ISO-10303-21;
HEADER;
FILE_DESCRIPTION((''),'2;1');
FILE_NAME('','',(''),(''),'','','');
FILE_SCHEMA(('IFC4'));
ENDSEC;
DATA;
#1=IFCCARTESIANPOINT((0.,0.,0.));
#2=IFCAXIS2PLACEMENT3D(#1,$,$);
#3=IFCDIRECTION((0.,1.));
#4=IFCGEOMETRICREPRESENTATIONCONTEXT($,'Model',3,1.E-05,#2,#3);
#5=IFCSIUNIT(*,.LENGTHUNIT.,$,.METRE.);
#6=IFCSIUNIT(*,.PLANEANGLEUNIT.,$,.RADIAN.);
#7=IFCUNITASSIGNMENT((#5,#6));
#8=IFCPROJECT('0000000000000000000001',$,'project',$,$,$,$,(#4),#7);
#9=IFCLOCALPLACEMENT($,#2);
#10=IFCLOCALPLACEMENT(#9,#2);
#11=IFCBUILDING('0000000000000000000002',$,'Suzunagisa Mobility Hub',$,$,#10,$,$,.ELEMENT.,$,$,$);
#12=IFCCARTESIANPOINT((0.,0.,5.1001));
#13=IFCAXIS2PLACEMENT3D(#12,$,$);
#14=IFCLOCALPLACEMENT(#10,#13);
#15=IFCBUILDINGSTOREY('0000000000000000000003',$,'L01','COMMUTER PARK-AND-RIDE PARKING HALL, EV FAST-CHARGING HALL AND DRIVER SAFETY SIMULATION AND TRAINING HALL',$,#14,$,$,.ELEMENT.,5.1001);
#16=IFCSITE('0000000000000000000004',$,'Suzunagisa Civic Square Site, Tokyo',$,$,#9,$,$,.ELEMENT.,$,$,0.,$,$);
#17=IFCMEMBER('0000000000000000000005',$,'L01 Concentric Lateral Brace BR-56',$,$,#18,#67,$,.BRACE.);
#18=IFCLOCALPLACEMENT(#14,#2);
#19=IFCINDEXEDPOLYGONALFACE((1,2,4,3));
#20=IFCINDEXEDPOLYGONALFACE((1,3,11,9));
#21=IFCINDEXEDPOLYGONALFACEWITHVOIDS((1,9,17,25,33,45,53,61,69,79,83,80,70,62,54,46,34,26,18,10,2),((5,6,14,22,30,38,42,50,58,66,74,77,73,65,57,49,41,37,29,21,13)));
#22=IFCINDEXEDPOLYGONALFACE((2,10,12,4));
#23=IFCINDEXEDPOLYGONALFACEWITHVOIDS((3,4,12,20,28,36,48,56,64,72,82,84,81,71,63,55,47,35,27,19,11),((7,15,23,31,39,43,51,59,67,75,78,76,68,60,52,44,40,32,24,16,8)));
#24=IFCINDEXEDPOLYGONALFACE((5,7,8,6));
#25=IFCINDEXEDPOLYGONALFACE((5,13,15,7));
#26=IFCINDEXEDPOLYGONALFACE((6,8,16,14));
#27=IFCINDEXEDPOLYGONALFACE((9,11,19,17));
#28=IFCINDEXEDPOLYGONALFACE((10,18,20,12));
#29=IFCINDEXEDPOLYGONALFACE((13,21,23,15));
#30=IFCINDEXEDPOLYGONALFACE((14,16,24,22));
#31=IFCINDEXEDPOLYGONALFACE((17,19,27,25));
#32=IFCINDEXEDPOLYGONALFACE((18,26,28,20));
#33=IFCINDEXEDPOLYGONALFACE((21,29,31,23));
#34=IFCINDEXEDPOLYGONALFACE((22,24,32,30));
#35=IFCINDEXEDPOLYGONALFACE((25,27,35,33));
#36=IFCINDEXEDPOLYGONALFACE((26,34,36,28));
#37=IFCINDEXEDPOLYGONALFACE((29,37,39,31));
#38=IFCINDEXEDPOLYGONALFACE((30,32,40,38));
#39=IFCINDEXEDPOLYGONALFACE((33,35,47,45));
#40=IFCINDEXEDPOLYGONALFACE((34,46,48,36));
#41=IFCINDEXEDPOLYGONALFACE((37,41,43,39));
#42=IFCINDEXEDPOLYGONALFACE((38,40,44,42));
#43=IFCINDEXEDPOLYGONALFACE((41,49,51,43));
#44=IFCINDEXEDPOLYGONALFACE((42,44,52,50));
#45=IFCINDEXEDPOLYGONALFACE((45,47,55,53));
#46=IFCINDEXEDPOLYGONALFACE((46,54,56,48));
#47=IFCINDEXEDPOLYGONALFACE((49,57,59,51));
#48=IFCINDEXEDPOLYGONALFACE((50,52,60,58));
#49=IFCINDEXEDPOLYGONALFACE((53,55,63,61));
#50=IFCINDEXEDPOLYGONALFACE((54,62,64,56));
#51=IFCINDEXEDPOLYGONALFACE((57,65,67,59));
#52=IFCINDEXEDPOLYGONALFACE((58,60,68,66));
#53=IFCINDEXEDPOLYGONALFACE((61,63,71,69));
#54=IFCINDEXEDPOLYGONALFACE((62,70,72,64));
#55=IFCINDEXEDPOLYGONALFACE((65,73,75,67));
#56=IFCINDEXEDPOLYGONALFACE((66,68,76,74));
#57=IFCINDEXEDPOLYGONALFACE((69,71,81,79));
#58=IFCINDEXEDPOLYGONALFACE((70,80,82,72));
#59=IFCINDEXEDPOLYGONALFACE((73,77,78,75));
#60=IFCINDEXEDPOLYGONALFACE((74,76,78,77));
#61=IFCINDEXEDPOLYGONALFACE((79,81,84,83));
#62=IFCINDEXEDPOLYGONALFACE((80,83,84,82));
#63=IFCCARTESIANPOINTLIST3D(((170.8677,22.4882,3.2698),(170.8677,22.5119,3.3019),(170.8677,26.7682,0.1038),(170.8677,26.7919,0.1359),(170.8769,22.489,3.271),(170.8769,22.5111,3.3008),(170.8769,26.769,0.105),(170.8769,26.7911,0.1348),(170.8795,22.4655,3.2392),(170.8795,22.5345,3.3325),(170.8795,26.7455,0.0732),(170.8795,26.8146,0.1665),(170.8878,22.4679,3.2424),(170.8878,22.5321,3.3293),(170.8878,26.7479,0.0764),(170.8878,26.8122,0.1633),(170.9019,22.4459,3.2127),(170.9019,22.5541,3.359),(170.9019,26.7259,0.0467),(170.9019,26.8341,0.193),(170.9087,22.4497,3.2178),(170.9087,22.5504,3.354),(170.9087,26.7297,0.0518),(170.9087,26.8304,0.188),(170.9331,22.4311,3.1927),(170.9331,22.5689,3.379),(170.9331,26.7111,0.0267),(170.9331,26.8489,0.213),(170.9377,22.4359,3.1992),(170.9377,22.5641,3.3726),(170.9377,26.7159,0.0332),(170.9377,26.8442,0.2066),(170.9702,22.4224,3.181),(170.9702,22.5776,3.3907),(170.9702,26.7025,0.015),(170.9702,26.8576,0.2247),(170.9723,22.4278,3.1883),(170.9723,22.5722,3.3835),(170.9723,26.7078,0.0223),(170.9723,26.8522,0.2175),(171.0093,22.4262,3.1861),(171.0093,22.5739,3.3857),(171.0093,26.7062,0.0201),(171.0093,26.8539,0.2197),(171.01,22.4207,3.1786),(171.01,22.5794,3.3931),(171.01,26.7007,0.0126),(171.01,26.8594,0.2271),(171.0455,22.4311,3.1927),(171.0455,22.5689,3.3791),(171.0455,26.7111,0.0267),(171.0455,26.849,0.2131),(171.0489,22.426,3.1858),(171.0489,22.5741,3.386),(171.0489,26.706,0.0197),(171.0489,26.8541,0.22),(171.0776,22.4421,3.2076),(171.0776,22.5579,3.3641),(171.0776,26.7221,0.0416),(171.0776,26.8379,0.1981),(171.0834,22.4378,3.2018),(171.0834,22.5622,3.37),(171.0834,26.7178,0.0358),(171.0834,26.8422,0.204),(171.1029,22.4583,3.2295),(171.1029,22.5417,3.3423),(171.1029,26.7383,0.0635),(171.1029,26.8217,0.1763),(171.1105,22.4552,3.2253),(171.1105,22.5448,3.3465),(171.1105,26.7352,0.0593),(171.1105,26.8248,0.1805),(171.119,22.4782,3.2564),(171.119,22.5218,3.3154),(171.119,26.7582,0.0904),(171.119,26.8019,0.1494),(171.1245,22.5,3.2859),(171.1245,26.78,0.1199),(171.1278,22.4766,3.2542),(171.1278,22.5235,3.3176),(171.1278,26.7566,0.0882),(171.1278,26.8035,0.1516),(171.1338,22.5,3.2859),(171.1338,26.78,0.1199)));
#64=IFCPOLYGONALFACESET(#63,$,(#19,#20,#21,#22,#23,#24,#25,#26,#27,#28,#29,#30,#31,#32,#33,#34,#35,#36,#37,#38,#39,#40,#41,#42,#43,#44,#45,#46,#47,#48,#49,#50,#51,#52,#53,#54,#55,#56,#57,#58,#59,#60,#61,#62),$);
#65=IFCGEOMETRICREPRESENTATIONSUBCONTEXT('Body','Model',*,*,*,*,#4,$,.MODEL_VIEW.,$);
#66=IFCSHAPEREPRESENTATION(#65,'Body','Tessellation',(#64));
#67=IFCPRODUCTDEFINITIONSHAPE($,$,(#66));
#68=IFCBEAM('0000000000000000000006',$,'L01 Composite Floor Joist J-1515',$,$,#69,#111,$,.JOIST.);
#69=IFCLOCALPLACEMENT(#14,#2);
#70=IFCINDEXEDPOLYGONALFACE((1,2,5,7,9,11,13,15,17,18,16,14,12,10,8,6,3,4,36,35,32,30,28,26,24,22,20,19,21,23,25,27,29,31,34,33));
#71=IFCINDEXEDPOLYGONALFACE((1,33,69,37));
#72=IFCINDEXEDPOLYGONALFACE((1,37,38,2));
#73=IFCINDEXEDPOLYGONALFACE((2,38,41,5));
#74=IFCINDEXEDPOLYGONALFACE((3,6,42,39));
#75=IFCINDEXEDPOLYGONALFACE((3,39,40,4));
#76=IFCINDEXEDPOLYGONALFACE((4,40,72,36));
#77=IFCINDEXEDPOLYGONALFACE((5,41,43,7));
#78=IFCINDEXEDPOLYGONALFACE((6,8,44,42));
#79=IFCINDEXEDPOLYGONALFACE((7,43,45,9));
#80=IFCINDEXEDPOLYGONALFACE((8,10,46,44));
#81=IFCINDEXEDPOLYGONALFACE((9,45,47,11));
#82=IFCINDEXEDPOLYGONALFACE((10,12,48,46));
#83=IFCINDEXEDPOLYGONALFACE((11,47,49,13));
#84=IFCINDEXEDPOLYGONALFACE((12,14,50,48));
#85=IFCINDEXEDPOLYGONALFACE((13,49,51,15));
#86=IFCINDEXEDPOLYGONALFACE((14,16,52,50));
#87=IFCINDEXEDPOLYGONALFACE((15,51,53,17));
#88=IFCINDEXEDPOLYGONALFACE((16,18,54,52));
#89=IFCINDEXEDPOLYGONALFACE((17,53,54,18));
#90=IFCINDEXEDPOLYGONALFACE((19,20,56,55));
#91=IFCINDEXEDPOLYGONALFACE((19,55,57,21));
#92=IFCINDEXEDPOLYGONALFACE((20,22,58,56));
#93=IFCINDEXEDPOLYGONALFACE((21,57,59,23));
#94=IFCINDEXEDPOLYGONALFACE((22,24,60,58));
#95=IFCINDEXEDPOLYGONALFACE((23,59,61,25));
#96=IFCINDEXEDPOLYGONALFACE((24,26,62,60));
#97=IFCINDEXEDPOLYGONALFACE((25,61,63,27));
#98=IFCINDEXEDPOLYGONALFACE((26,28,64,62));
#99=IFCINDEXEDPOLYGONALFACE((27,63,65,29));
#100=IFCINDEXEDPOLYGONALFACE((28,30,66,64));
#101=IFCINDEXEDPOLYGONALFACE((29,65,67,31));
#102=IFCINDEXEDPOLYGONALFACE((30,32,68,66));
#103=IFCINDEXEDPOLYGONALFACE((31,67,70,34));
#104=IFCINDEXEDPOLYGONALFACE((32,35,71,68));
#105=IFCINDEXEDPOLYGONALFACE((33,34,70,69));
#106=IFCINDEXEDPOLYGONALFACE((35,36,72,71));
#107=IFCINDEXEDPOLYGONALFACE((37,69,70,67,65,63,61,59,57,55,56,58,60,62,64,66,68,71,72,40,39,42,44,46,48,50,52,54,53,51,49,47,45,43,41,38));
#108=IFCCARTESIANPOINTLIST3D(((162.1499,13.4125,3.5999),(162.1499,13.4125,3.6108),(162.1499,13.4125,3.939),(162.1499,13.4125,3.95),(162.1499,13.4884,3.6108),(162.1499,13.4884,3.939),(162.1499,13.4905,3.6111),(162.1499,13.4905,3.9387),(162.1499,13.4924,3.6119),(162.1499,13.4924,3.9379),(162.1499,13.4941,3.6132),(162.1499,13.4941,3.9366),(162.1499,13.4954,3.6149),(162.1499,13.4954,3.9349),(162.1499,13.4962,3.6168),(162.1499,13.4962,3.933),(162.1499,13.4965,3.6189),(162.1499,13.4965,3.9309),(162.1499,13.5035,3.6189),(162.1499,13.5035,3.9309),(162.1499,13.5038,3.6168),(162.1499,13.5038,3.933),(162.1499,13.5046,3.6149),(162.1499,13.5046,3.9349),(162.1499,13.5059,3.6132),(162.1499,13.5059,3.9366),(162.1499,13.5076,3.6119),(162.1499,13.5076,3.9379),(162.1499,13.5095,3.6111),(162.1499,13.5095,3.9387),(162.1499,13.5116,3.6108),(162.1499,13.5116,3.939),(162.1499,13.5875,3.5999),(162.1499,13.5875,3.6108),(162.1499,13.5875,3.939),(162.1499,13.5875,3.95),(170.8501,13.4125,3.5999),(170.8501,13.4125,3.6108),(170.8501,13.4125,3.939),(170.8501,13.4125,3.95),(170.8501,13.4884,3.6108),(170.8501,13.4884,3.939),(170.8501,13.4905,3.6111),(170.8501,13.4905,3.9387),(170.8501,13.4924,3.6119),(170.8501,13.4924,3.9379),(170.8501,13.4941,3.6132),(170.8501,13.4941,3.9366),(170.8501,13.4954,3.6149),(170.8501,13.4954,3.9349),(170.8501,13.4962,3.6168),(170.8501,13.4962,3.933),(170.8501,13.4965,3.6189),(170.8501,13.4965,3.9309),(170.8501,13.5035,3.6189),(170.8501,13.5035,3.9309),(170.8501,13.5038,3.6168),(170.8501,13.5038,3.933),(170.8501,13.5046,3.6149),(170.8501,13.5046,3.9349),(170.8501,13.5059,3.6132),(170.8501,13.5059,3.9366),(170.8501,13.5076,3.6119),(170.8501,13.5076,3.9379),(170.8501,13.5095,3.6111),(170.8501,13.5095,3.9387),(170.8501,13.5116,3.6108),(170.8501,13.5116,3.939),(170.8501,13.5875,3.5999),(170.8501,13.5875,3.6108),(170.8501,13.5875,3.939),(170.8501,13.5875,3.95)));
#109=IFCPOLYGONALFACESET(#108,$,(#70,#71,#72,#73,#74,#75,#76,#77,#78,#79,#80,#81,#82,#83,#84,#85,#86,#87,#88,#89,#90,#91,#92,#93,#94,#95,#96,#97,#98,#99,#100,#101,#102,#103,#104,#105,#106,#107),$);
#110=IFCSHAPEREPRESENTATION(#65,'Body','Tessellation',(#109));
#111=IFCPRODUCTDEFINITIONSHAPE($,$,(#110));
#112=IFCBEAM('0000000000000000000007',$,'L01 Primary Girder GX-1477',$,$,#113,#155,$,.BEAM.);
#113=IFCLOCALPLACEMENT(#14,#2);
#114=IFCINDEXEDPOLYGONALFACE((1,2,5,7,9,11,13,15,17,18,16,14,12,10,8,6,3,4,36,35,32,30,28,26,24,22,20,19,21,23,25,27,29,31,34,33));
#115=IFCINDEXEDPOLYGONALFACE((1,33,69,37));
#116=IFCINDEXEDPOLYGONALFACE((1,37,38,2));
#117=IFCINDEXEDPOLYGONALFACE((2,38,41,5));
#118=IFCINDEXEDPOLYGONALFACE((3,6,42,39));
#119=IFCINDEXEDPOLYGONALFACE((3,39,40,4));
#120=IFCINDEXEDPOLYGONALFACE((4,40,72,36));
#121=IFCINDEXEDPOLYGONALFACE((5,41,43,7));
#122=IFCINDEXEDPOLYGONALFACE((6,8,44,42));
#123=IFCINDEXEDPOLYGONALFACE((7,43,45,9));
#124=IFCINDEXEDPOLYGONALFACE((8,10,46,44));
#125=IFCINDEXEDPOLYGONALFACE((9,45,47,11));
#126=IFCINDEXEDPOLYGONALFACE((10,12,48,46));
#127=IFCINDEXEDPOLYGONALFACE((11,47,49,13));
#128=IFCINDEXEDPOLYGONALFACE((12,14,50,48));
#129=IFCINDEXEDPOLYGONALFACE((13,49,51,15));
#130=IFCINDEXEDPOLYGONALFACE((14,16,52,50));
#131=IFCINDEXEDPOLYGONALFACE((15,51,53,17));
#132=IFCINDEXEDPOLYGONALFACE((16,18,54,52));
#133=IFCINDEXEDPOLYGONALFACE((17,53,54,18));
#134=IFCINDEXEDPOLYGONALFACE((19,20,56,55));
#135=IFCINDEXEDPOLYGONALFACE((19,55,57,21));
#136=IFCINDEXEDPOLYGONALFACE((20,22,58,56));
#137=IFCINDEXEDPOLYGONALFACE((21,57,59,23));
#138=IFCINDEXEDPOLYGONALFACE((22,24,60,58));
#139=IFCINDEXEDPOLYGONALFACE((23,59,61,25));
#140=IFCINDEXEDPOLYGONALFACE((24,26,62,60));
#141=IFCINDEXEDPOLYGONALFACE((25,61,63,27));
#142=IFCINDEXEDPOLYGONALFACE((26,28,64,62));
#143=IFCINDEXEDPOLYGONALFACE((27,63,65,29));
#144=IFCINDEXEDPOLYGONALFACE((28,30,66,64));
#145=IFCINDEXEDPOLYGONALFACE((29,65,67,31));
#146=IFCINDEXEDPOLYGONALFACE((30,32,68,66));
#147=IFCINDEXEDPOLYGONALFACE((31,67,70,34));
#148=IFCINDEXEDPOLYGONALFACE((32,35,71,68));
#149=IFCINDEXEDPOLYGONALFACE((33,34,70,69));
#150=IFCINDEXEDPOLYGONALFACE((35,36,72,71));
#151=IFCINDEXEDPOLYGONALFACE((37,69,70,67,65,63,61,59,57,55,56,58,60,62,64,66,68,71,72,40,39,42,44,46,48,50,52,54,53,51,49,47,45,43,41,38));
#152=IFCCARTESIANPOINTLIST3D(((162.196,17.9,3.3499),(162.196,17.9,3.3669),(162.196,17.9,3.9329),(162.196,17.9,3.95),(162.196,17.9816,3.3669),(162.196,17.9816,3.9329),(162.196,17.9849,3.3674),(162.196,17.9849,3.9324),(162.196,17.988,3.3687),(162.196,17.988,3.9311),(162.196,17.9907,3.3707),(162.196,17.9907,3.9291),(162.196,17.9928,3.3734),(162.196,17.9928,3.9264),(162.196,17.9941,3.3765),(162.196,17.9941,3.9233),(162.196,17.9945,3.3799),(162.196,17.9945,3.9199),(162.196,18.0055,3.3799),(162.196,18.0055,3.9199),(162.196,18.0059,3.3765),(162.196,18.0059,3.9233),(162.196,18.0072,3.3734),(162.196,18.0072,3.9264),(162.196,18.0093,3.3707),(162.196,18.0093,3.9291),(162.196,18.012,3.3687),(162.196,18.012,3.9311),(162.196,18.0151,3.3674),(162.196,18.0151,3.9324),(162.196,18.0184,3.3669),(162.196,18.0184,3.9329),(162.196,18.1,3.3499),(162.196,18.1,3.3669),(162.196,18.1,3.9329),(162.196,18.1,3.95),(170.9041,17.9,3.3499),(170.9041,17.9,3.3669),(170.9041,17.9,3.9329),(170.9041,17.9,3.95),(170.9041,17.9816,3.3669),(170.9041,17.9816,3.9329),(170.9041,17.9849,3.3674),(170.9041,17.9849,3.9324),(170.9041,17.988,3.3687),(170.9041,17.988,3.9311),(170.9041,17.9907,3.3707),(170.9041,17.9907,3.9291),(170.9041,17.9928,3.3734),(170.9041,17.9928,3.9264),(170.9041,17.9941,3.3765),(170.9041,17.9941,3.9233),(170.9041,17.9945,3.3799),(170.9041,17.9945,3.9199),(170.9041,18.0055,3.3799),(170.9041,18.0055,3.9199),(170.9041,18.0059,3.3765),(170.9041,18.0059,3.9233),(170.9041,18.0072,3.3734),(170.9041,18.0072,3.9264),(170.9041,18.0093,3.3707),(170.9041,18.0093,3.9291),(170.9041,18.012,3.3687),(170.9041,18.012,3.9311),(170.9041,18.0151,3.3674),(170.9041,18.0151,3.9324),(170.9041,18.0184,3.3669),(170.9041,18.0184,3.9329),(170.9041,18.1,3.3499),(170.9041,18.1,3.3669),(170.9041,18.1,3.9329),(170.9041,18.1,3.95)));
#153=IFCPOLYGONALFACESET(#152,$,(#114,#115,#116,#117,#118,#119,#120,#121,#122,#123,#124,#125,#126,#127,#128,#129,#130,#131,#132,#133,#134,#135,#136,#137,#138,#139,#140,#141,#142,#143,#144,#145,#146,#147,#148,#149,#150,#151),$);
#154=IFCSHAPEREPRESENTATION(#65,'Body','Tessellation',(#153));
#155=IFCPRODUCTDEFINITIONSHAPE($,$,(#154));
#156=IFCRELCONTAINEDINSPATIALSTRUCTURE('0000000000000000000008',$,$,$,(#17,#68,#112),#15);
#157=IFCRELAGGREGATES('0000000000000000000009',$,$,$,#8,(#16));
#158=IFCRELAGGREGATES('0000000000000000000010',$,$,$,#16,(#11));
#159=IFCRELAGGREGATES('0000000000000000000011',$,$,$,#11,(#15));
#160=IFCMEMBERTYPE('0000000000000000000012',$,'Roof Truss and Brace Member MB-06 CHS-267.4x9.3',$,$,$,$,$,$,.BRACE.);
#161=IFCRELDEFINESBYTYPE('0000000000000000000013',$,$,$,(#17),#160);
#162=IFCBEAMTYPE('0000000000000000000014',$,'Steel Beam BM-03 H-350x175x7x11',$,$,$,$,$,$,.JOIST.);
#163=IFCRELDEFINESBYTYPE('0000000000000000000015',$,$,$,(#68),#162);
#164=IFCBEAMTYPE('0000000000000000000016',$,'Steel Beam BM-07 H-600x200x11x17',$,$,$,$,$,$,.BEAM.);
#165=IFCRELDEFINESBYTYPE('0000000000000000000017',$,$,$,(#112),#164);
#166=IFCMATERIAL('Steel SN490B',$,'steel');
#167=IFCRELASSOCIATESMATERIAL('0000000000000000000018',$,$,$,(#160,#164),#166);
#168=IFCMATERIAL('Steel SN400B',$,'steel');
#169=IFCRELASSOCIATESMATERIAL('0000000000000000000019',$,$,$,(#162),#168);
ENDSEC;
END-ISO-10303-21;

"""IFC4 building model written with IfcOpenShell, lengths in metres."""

from ifc_helpers import new_model, si_unit, direction, frame, origin, origin_2d, place, context, subcontext, project, spatial, hollow_circle, i_section, extrude, material, material_profile, profile_set, type_object, element, save


model = new_model("IFC4")

# Units and contexts
model_context = context("Model", 3, precision=1e-05, world=origin(), true_north=direction((0.0, 1.0)))
body_context = subcontext(model_context, "Body", "Model", "MODEL_VIEW")
ifc_project = project(units=[si_unit("LENGTHUNIT", "METRE"), si_unit("PLANEANGLEUNIT", "RADIAN")], contexts=[model_context])

# Site, building, storey
site_placement = place(None, origin())
site = spatial("IfcSite", under=ifc_project, at=site_placement, Name="Suzunagisa Civic Square Site, Tokyo", CompositionType="ELEMENT", RefElevation=0.0)
building_placement = place(site_placement, origin())
building = spatial("IfcBuilding", under=site, at=building_placement, Name="Suzunagisa Mobility Hub", CompositionType="ELEMENT")
storey_placement = place(building_placement, frame((0.0, 0.0, 5.1001)))
storey = spatial("IfcBuildingStorey", under=building, at=storey_placement, Name="L01", Description="COMMUTER PARK-AND-RIDE PARKING HALL, EV FAST-CHARGING HALL AND DRIVER SAFETY SIMULATION AND TRAINING HALL", CompositionType="ELEMENT", Elevation=5.1001)

# Shared definitions
ifc_material_1 = material(Name="Steel SN490B", Category="steel")

# Member
ifc_material_profile_1 = material_profile(ifc_material_1, hollow_circle(Radius=0.1338, WallThickness=0.0093, at=origin_2d()), Name="CHS-267.4x9.3")
ifc_profile_set_1 = profile_set([ifc_material_profile_1], Name="Steel SN490B")
member_type = type_object("IfcMemberType", Name="Roof Truss and Brace Member MB-06 CHS-267.4x9.3", PredefinedType="BRACE", material=ifc_profile_set_1)
member_1_placement = place(storey_placement, frame((171.0, 26.78, 0.1199), z_axis=(0.0, -0.80395, 0.594697), x_axis=(1.0, 0.0, 0.0)))
element("IfcMember", 1, at=member_1_placement, inside=storey, type_object=member_type, Name="L01 Concentric Lateral Brace BR-56", PredefinedType="BRACE", context=body_context, shape_type="SweptSolid", body=[
    extrude(hollow_circle(Radius=0.1338, WallThickness=0.0093, at=origin_2d()), origin(), (0.0, 0.0, 1.0), 5.3237),
])

# Beams
ifc_material_2 = material(Name="Steel SN400B", Category="steel")
ifc_material_profile_2 = material_profile(ifc_material_2, i_section(OverallWidth=0.175, OverallDepth=0.3501, WebThickness=0.0071, FlangeThickness=0.011, FilletRadius=0.0081, at=origin_2d()), Name="H-350x175x7x11")
ifc_profile_set_2 = profile_set([ifc_material_profile_2], Name="Steel SN400B")
beam_type_1 = type_object("IfcBeamType", Name="Steel Beam BM-03 H-350x175x7x11", PredefinedType="JOIST", material=ifc_profile_set_2)
beam_1_placement = place(storey_placement, frame((162.1499, 13.5, 3.7749), z_axis=(1.0, 0.0, 0.0), x_axis=(0.0, 1.0, 0.0)))
element("IfcBeam", 2, at=beam_1_placement, inside=storey, type_object=beam_type_1, Name="L01 Composite Floor Joist J-1515", PredefinedType="JOIST", context=body_context, shape_type="SweptSolid", body=[
    extrude(i_section(OverallWidth=0.175, OverallDepth=0.3501, WebThickness=0.0071, FlangeThickness=0.011, FilletRadius=0.0081, at=origin_2d()), origin(), (0.0, 0.0, 1.0), 8.7002),
])
ifc_material_profile_3 = material_profile(ifc_material_1, i_section(OverallWidth=0.2, OverallDepth=0.6001, WebThickness=0.011, FlangeThickness=0.0171, FilletRadius=0.0129, at=origin_2d()), Name="H-600x200x11x17")
ifc_profile_set_3 = profile_set([ifc_material_profile_3], Name="Steel SN490B")
beam_type_2 = type_object("IfcBeamType", Name="Steel Beam BM-07 H-600x200x11x17", PredefinedType="BEAM", material=ifc_profile_set_3)
beam_2_placement = place(storey_placement, frame((162.196, 18.0, 3.6499), z_axis=(1.0, 0.0, 0.0), x_axis=(0.0, 1.0, 0.0)))
element("IfcBeam", 3, at=beam_2_placement, inside=storey, type_object=beam_type_2, Name="L01 Primary Girder GX-1477", PredefinedType="BEAM", context=body_context, shape_type="SweptSolid", body=[
    extrude(i_section(OverallWidth=0.2, OverallDepth=0.6001, WebThickness=0.011, FlangeThickness=0.0171, FilletRadius=0.0129, at=origin_2d()), origin(), (0.0, 0.0, 1.0), 8.708),
])

save(model, "model.ifc")
